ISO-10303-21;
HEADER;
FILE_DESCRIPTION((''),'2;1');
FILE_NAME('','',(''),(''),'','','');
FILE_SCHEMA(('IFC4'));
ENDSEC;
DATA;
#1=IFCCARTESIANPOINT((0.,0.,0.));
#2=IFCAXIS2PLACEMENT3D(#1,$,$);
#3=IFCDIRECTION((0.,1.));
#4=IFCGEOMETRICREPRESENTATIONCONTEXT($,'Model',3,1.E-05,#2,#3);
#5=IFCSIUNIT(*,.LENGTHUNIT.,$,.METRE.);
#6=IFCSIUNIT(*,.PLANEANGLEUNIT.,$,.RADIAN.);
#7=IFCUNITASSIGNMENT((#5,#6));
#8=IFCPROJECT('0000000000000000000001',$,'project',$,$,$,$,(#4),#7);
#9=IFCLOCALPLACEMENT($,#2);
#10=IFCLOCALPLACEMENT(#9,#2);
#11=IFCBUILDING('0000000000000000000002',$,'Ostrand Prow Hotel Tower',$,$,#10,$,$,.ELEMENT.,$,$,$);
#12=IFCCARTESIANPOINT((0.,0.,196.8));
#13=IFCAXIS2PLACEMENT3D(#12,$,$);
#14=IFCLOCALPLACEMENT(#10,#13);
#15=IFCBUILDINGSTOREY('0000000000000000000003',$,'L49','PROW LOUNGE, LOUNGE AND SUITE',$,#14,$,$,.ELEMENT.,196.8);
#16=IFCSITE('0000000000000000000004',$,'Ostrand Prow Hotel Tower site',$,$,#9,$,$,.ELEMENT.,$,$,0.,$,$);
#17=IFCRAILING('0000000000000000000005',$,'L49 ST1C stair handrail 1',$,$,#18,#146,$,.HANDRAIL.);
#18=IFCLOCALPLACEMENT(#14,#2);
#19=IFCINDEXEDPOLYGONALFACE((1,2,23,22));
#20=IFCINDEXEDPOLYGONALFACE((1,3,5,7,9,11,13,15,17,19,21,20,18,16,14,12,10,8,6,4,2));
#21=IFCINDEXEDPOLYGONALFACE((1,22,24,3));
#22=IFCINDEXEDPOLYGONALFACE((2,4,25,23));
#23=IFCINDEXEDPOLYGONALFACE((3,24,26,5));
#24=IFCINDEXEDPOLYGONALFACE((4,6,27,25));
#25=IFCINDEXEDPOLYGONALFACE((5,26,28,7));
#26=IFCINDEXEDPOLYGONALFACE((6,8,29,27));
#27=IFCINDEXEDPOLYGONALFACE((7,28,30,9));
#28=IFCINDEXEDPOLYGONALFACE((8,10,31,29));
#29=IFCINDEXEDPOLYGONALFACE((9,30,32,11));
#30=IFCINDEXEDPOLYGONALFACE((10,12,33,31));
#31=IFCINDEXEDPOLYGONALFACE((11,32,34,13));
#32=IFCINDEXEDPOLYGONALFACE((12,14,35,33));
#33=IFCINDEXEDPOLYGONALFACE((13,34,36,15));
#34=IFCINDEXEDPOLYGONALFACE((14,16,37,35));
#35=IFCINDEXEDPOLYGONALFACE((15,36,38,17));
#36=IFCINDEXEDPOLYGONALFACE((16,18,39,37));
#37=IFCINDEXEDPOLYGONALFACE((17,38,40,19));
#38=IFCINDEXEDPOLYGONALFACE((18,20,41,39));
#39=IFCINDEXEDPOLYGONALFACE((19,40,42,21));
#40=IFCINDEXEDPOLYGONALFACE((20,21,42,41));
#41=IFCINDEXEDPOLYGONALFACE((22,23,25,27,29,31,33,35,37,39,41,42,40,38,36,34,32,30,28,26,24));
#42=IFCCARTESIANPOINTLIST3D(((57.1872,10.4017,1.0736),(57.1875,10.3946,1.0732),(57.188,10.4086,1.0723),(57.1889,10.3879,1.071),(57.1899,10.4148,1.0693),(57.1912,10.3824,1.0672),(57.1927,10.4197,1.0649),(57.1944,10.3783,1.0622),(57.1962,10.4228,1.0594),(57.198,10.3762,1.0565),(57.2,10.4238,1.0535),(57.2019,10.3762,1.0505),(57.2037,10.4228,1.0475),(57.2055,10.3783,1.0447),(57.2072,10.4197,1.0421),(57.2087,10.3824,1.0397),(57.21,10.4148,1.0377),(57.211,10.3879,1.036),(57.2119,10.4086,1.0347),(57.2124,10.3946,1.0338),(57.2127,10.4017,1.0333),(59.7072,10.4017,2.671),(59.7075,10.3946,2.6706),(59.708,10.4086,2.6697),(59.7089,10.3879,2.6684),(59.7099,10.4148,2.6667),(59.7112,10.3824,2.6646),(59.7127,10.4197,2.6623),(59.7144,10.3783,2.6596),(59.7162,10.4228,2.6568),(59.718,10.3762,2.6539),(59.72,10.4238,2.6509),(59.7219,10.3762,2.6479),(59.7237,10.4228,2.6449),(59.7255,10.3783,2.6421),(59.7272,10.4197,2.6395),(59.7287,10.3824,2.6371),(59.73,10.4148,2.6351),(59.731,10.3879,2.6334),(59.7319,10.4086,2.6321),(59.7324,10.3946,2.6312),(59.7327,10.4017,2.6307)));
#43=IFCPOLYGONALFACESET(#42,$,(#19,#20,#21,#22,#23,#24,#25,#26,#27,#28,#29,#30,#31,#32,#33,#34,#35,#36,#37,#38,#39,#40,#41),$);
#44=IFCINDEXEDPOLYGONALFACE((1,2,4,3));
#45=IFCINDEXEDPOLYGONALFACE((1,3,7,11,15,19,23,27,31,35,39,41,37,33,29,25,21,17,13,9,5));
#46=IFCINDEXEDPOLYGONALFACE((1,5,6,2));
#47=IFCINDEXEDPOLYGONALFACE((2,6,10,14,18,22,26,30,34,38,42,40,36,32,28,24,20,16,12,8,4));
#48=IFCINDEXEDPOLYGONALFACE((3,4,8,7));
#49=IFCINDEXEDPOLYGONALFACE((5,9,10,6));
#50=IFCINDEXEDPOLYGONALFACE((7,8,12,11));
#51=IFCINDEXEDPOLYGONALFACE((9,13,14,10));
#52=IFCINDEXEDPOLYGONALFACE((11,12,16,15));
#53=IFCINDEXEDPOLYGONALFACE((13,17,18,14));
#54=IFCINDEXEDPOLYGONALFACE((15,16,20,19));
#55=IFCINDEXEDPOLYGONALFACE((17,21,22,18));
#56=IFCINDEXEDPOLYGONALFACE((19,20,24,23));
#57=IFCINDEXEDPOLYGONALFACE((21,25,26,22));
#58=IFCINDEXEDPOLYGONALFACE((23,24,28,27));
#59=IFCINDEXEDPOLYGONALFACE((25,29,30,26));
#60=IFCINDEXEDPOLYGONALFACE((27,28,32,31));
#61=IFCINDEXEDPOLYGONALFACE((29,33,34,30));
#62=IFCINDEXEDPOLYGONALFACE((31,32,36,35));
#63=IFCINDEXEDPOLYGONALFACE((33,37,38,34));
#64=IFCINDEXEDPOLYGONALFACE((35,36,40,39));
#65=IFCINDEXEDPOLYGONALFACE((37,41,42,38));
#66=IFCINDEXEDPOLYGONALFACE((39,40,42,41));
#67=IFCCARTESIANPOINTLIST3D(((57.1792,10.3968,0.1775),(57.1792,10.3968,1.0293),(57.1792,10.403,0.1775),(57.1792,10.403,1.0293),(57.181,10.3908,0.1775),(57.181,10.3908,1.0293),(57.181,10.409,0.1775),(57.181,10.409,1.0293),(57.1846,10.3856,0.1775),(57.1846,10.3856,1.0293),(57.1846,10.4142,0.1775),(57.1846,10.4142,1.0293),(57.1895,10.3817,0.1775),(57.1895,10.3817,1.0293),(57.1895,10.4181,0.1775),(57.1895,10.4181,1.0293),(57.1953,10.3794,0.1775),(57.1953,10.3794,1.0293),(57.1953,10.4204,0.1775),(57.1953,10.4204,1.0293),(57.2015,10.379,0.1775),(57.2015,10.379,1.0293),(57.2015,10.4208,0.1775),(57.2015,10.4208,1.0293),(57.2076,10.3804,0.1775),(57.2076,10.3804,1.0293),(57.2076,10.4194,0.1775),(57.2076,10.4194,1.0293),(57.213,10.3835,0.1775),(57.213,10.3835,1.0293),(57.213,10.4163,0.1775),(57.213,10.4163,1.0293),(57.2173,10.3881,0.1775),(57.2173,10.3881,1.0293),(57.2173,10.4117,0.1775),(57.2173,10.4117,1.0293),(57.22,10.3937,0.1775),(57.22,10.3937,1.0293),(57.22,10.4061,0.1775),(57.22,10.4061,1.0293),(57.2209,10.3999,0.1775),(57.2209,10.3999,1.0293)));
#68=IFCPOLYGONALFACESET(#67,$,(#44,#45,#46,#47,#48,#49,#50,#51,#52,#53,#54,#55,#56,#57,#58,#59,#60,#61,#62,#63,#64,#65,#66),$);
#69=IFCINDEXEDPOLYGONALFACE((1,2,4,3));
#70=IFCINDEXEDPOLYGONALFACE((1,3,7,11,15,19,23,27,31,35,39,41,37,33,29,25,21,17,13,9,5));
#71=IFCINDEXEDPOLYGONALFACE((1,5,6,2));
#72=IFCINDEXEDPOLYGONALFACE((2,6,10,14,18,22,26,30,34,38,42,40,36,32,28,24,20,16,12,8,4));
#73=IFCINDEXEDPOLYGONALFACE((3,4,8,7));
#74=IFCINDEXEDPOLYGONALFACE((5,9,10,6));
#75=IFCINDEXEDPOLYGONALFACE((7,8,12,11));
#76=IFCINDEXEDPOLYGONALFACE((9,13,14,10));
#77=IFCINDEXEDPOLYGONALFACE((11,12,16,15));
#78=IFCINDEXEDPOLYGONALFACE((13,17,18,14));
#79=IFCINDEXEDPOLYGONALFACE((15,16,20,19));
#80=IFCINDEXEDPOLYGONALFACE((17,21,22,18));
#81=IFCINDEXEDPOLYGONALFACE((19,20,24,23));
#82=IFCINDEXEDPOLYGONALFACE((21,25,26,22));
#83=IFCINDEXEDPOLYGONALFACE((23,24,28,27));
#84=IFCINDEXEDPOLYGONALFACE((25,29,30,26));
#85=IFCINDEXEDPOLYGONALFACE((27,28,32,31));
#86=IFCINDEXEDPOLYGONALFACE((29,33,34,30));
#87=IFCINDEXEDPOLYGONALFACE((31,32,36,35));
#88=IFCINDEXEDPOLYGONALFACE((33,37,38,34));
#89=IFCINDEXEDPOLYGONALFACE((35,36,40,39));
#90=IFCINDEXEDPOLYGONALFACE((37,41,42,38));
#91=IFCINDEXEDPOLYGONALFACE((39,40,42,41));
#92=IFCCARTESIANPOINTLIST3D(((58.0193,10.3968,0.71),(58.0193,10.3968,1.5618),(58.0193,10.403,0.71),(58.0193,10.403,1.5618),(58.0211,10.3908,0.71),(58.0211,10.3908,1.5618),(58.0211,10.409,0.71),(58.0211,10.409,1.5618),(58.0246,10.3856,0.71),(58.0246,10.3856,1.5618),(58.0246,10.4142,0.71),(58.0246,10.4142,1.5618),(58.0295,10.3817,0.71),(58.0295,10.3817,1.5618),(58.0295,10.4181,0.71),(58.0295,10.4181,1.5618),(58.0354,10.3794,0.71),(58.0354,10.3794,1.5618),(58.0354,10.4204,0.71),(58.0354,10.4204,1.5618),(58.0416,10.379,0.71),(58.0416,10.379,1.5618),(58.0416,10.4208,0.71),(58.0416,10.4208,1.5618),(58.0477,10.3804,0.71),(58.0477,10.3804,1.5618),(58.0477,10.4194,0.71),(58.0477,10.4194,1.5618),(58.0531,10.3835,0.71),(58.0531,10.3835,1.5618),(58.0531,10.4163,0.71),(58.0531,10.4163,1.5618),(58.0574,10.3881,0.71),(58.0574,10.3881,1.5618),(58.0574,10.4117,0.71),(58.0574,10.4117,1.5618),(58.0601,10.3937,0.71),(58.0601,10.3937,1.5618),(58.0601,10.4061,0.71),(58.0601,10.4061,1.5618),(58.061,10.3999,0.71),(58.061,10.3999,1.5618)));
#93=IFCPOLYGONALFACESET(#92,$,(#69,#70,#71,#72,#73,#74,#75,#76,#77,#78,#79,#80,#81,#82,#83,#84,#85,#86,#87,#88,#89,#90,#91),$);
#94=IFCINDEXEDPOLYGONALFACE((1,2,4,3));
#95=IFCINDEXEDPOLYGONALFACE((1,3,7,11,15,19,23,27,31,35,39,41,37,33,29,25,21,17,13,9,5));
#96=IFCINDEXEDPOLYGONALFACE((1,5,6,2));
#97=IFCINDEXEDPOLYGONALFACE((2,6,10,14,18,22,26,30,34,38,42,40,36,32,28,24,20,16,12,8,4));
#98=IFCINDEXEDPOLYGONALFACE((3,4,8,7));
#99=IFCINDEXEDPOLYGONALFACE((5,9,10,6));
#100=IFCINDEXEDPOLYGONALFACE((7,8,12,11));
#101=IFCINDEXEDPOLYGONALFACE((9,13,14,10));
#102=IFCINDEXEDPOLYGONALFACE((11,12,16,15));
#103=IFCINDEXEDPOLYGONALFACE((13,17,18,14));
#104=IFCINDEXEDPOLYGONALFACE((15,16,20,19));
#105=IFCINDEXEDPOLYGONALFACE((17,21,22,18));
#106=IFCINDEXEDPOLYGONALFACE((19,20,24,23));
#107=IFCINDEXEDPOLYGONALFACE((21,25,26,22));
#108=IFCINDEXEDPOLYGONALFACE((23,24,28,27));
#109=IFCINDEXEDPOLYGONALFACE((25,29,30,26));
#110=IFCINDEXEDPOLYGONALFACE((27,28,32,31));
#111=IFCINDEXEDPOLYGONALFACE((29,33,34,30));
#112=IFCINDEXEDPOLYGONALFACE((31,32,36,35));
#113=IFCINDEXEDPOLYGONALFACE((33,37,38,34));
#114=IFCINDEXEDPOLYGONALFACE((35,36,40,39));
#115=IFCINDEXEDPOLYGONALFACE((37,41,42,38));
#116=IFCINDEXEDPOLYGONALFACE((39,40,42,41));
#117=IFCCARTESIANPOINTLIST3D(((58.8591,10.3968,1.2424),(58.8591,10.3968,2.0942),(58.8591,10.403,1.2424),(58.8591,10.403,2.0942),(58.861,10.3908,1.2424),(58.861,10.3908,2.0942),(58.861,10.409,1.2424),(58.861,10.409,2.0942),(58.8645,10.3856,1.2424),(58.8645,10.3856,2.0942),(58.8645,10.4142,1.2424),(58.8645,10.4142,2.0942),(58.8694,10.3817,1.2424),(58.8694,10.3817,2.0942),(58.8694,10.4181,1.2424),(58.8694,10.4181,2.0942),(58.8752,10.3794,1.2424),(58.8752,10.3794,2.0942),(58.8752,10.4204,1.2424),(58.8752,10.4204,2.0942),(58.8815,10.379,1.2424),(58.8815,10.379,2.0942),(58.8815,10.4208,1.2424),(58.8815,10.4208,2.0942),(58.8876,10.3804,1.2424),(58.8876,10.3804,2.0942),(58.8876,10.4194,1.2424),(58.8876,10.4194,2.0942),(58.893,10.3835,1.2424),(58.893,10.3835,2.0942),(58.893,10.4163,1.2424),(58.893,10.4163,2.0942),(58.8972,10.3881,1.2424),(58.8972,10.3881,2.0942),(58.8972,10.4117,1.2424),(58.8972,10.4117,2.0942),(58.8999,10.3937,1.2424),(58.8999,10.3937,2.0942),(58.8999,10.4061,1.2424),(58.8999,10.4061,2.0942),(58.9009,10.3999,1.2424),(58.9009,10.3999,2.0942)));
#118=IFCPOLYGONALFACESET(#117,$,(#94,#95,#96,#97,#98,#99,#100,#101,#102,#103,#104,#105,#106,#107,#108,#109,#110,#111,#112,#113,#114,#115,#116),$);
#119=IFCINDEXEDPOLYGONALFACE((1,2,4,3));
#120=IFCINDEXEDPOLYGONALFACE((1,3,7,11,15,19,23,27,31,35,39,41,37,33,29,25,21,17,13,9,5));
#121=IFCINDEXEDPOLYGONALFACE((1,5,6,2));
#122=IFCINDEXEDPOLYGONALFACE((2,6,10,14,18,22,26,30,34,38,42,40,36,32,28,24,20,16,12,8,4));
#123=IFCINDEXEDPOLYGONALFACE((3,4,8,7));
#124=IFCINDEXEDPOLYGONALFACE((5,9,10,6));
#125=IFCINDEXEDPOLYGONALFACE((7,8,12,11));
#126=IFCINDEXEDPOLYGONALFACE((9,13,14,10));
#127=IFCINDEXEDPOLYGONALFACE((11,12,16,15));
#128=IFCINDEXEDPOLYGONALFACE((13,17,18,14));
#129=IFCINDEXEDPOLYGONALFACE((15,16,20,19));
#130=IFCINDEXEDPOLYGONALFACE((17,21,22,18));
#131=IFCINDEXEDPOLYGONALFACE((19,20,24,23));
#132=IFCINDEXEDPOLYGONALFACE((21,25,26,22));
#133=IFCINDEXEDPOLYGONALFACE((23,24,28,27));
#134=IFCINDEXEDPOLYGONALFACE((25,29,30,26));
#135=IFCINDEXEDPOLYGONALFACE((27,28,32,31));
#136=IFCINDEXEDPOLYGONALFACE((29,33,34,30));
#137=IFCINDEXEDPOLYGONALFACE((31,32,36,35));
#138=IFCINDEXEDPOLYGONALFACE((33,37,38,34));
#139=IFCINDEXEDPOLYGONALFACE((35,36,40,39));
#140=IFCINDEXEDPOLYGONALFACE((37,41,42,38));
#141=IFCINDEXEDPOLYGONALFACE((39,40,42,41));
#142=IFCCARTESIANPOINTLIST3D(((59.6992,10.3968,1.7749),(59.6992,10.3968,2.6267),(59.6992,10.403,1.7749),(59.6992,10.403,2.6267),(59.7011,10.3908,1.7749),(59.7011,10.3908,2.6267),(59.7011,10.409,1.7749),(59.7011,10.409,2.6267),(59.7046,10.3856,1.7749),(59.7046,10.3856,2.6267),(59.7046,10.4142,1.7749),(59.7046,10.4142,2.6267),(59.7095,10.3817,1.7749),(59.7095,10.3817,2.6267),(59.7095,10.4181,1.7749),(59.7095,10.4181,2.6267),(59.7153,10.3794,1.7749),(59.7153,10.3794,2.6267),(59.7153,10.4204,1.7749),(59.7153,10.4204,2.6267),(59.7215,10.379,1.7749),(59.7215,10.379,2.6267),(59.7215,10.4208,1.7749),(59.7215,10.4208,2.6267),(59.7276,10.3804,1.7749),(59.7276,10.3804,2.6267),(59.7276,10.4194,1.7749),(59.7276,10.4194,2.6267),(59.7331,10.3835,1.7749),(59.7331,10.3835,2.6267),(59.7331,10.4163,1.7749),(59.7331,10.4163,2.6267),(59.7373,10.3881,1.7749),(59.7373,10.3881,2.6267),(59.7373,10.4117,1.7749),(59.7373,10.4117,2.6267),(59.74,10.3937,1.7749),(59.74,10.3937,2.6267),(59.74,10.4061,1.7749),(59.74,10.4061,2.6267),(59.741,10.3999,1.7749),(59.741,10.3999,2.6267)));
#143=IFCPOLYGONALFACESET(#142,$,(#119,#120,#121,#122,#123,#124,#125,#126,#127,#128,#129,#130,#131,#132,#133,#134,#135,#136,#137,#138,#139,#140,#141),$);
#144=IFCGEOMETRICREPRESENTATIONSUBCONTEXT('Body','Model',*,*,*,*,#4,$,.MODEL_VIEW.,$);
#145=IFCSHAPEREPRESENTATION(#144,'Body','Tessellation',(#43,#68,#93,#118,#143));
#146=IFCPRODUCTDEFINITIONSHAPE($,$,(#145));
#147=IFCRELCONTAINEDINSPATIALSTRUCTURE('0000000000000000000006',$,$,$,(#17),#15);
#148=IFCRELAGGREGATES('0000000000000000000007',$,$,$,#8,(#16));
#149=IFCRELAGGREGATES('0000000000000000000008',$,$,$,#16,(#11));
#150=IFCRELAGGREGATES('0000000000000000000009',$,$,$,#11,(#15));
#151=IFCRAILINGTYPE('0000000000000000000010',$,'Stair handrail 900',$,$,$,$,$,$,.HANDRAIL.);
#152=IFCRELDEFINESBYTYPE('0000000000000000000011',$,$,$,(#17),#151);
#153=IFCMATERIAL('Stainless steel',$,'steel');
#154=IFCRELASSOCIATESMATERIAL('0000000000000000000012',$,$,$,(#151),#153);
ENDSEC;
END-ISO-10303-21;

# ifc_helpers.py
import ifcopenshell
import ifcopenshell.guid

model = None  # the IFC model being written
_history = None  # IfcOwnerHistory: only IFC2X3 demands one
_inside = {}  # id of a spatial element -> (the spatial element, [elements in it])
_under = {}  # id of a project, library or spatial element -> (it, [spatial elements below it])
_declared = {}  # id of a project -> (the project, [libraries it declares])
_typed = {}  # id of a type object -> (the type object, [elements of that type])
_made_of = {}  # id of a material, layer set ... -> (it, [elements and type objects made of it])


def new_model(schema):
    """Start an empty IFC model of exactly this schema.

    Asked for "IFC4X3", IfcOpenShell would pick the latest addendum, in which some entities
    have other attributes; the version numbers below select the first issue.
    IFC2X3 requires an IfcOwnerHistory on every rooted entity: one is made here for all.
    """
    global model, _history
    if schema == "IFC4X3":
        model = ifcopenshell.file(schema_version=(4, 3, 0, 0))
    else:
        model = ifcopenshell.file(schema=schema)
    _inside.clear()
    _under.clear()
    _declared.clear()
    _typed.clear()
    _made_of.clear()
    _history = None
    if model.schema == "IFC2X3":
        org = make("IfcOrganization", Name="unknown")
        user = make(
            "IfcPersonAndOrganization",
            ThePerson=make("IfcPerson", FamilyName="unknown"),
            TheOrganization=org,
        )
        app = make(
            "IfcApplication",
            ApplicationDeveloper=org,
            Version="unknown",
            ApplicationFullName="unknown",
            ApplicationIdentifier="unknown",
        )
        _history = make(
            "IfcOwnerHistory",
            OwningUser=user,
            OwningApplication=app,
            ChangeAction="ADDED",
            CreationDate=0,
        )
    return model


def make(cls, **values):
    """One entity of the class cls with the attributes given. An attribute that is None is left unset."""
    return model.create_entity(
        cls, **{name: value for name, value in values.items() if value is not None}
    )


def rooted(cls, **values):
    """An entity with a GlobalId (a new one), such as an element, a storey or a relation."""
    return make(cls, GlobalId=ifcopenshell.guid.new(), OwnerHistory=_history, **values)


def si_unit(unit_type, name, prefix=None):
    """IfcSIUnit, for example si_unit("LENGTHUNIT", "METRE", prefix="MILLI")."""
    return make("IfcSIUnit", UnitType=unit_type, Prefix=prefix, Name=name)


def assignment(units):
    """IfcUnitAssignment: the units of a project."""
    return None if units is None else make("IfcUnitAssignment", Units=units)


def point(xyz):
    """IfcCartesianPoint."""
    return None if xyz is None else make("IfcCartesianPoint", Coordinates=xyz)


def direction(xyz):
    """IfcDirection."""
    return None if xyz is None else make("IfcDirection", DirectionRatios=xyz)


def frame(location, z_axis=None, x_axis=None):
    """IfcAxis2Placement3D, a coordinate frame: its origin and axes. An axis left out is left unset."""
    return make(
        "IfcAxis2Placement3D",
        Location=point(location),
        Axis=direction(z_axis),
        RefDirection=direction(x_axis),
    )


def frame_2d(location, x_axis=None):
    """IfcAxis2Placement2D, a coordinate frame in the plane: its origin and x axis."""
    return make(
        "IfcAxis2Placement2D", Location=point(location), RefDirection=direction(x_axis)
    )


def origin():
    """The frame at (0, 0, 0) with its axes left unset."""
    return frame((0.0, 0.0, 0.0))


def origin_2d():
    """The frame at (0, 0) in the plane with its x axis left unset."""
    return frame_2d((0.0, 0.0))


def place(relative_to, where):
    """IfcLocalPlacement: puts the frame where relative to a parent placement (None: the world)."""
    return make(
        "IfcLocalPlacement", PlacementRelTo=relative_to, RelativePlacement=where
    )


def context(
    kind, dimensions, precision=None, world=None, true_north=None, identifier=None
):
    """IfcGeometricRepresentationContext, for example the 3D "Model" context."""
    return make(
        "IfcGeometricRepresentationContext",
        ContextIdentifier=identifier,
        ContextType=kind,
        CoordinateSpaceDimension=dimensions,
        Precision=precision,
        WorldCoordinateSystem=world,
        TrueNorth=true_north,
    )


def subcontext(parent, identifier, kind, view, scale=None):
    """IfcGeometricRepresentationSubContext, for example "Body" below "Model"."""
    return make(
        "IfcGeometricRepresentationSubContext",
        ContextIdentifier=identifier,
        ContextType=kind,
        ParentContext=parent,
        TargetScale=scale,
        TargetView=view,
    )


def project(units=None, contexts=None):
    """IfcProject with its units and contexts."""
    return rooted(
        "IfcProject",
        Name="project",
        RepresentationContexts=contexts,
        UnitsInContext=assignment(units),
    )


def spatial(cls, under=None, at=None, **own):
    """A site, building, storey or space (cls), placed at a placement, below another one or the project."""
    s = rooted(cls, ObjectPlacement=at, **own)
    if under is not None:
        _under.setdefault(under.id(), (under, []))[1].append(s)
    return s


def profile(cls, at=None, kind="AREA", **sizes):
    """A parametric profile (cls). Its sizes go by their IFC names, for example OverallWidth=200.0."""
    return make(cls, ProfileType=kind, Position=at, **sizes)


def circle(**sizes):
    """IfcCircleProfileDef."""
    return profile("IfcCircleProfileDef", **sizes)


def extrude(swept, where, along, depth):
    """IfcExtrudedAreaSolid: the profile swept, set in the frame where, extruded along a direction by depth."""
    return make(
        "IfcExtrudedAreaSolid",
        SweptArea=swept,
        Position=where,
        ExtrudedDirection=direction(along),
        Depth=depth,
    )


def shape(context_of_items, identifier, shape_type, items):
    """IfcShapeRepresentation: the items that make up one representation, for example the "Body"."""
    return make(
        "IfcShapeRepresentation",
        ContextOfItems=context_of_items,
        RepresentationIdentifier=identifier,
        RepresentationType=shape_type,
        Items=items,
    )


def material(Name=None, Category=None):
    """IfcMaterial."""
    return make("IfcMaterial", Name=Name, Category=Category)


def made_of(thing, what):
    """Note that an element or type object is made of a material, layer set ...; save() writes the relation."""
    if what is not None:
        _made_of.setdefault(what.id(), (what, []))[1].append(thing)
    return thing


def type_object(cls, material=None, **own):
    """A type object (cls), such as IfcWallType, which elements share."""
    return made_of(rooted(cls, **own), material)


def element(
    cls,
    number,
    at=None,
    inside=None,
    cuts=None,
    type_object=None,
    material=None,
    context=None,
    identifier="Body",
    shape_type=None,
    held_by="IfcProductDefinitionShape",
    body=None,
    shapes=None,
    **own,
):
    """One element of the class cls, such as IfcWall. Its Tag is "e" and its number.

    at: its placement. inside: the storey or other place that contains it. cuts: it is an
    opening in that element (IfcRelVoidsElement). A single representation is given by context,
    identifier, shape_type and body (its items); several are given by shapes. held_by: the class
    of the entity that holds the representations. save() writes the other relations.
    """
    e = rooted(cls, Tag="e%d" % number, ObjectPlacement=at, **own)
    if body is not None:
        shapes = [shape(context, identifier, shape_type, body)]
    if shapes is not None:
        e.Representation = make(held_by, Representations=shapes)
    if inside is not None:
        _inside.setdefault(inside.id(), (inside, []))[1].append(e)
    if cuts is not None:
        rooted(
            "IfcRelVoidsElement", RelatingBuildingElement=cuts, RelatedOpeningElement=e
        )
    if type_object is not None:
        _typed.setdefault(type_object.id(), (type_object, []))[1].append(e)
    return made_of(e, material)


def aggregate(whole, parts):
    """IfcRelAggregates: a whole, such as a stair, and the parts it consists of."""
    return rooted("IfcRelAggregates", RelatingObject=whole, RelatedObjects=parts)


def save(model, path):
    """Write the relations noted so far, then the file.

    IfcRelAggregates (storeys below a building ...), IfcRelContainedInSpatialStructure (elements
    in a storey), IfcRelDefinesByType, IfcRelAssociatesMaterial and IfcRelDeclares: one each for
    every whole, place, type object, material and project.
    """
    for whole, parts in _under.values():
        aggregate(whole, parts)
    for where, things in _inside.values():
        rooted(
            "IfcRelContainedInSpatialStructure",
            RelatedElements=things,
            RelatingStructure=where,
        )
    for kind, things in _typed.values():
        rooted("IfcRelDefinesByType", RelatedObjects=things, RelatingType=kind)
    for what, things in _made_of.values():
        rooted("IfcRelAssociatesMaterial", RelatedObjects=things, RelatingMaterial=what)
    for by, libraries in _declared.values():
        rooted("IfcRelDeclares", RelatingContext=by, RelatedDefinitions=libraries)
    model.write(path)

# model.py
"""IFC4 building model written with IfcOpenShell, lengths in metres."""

from ifc_helpers import new_model, si_unit, direction, frame, origin, origin_2d, place, context, subcontext, project, spatial, circle, extrude, material, type_object, element, save


model = new_model("IFC4")

# Units and contexts
model_context = context("Model", 3, precision=1e-05, world=origin(), true_north=direction((0.0, 1.0)))
body_context = subcontext(model_context, "Body", "Model", "MODEL_VIEW")
ifc_project = project(units=[si_unit("LENGTHUNIT", "METRE"), si_unit("PLANEANGLEUNIT", "RADIAN")], contexts=[model_context])

# Site, building, storey
site_placement = place(None, origin())
site = spatial("IfcSite", under=ifc_project, at=site_placement, Name="Ostrand Prow Hotel Tower site", CompositionType="ELEMENT", RefElevation=0.0)
building_placement = place(site_placement, origin())
building = spatial("IfcBuilding", under=site, at=building_placement, Name="Ostrand Prow Hotel Tower", CompositionType="ELEMENT")
storey_placement = place(building_placement, frame((0.0, 0.0, 196.8)))
storey = spatial("IfcBuildingStorey", under=building, at=storey_placement, Name="L49", Description="PROW LOUNGE, LOUNGE AND SUITE", CompositionType="ELEMENT", Elevation=196.8)

# Railing
ifc_material_1 = material(Name="Stainless steel", Category="steel")
railing_type_1 = type_object("IfcRailingType", Name="Stair handrail 900", PredefinedType="HANDRAIL", material=ifc_material_1)
railing_1_placement = place(storey_placement, frame((57.2, 10.3999, 0.1775)))
element("IfcRailing", 1, at=railing_1_placement, inside=storey, type_object=railing_type_1, Name="L49 ST1C stair handrail 1", PredefinedType="HANDRAIL", context=body_context, shape_type="SweptSolid", body=[
    extrude(circle(Radius=0.0239, at=origin_2d()), frame((0.0, 0.0, 0.876), z_axis=(0.844607, 0.0, 0.535387), x_axis=(0.0, 1.0, 0.0)), (0.0, 0.0, 1.0), 2.9836),
    extrude(circle(Radius=0.021, at=origin_2d()), origin(), (0.0, 0.0, 1.0), 0.8518),
    extrude(circle(Radius=0.021, at=origin_2d()), frame((0.8401, 0.0, 0.5325)), (0.0, 0.0, 1.0), 0.8518),
    extrude(circle(Radius=0.021, at=origin_2d()), frame((1.6799, 0.0, 1.0649)), (0.0, 0.0, 1.0), 0.8518),
    extrude(circle(Radius=0.021, at=origin_2d()), frame((2.52, 0.0, 1.5974)), (0.0, 0.0, 1.0), 0.8518),
])

save(model, "model.ifc")
